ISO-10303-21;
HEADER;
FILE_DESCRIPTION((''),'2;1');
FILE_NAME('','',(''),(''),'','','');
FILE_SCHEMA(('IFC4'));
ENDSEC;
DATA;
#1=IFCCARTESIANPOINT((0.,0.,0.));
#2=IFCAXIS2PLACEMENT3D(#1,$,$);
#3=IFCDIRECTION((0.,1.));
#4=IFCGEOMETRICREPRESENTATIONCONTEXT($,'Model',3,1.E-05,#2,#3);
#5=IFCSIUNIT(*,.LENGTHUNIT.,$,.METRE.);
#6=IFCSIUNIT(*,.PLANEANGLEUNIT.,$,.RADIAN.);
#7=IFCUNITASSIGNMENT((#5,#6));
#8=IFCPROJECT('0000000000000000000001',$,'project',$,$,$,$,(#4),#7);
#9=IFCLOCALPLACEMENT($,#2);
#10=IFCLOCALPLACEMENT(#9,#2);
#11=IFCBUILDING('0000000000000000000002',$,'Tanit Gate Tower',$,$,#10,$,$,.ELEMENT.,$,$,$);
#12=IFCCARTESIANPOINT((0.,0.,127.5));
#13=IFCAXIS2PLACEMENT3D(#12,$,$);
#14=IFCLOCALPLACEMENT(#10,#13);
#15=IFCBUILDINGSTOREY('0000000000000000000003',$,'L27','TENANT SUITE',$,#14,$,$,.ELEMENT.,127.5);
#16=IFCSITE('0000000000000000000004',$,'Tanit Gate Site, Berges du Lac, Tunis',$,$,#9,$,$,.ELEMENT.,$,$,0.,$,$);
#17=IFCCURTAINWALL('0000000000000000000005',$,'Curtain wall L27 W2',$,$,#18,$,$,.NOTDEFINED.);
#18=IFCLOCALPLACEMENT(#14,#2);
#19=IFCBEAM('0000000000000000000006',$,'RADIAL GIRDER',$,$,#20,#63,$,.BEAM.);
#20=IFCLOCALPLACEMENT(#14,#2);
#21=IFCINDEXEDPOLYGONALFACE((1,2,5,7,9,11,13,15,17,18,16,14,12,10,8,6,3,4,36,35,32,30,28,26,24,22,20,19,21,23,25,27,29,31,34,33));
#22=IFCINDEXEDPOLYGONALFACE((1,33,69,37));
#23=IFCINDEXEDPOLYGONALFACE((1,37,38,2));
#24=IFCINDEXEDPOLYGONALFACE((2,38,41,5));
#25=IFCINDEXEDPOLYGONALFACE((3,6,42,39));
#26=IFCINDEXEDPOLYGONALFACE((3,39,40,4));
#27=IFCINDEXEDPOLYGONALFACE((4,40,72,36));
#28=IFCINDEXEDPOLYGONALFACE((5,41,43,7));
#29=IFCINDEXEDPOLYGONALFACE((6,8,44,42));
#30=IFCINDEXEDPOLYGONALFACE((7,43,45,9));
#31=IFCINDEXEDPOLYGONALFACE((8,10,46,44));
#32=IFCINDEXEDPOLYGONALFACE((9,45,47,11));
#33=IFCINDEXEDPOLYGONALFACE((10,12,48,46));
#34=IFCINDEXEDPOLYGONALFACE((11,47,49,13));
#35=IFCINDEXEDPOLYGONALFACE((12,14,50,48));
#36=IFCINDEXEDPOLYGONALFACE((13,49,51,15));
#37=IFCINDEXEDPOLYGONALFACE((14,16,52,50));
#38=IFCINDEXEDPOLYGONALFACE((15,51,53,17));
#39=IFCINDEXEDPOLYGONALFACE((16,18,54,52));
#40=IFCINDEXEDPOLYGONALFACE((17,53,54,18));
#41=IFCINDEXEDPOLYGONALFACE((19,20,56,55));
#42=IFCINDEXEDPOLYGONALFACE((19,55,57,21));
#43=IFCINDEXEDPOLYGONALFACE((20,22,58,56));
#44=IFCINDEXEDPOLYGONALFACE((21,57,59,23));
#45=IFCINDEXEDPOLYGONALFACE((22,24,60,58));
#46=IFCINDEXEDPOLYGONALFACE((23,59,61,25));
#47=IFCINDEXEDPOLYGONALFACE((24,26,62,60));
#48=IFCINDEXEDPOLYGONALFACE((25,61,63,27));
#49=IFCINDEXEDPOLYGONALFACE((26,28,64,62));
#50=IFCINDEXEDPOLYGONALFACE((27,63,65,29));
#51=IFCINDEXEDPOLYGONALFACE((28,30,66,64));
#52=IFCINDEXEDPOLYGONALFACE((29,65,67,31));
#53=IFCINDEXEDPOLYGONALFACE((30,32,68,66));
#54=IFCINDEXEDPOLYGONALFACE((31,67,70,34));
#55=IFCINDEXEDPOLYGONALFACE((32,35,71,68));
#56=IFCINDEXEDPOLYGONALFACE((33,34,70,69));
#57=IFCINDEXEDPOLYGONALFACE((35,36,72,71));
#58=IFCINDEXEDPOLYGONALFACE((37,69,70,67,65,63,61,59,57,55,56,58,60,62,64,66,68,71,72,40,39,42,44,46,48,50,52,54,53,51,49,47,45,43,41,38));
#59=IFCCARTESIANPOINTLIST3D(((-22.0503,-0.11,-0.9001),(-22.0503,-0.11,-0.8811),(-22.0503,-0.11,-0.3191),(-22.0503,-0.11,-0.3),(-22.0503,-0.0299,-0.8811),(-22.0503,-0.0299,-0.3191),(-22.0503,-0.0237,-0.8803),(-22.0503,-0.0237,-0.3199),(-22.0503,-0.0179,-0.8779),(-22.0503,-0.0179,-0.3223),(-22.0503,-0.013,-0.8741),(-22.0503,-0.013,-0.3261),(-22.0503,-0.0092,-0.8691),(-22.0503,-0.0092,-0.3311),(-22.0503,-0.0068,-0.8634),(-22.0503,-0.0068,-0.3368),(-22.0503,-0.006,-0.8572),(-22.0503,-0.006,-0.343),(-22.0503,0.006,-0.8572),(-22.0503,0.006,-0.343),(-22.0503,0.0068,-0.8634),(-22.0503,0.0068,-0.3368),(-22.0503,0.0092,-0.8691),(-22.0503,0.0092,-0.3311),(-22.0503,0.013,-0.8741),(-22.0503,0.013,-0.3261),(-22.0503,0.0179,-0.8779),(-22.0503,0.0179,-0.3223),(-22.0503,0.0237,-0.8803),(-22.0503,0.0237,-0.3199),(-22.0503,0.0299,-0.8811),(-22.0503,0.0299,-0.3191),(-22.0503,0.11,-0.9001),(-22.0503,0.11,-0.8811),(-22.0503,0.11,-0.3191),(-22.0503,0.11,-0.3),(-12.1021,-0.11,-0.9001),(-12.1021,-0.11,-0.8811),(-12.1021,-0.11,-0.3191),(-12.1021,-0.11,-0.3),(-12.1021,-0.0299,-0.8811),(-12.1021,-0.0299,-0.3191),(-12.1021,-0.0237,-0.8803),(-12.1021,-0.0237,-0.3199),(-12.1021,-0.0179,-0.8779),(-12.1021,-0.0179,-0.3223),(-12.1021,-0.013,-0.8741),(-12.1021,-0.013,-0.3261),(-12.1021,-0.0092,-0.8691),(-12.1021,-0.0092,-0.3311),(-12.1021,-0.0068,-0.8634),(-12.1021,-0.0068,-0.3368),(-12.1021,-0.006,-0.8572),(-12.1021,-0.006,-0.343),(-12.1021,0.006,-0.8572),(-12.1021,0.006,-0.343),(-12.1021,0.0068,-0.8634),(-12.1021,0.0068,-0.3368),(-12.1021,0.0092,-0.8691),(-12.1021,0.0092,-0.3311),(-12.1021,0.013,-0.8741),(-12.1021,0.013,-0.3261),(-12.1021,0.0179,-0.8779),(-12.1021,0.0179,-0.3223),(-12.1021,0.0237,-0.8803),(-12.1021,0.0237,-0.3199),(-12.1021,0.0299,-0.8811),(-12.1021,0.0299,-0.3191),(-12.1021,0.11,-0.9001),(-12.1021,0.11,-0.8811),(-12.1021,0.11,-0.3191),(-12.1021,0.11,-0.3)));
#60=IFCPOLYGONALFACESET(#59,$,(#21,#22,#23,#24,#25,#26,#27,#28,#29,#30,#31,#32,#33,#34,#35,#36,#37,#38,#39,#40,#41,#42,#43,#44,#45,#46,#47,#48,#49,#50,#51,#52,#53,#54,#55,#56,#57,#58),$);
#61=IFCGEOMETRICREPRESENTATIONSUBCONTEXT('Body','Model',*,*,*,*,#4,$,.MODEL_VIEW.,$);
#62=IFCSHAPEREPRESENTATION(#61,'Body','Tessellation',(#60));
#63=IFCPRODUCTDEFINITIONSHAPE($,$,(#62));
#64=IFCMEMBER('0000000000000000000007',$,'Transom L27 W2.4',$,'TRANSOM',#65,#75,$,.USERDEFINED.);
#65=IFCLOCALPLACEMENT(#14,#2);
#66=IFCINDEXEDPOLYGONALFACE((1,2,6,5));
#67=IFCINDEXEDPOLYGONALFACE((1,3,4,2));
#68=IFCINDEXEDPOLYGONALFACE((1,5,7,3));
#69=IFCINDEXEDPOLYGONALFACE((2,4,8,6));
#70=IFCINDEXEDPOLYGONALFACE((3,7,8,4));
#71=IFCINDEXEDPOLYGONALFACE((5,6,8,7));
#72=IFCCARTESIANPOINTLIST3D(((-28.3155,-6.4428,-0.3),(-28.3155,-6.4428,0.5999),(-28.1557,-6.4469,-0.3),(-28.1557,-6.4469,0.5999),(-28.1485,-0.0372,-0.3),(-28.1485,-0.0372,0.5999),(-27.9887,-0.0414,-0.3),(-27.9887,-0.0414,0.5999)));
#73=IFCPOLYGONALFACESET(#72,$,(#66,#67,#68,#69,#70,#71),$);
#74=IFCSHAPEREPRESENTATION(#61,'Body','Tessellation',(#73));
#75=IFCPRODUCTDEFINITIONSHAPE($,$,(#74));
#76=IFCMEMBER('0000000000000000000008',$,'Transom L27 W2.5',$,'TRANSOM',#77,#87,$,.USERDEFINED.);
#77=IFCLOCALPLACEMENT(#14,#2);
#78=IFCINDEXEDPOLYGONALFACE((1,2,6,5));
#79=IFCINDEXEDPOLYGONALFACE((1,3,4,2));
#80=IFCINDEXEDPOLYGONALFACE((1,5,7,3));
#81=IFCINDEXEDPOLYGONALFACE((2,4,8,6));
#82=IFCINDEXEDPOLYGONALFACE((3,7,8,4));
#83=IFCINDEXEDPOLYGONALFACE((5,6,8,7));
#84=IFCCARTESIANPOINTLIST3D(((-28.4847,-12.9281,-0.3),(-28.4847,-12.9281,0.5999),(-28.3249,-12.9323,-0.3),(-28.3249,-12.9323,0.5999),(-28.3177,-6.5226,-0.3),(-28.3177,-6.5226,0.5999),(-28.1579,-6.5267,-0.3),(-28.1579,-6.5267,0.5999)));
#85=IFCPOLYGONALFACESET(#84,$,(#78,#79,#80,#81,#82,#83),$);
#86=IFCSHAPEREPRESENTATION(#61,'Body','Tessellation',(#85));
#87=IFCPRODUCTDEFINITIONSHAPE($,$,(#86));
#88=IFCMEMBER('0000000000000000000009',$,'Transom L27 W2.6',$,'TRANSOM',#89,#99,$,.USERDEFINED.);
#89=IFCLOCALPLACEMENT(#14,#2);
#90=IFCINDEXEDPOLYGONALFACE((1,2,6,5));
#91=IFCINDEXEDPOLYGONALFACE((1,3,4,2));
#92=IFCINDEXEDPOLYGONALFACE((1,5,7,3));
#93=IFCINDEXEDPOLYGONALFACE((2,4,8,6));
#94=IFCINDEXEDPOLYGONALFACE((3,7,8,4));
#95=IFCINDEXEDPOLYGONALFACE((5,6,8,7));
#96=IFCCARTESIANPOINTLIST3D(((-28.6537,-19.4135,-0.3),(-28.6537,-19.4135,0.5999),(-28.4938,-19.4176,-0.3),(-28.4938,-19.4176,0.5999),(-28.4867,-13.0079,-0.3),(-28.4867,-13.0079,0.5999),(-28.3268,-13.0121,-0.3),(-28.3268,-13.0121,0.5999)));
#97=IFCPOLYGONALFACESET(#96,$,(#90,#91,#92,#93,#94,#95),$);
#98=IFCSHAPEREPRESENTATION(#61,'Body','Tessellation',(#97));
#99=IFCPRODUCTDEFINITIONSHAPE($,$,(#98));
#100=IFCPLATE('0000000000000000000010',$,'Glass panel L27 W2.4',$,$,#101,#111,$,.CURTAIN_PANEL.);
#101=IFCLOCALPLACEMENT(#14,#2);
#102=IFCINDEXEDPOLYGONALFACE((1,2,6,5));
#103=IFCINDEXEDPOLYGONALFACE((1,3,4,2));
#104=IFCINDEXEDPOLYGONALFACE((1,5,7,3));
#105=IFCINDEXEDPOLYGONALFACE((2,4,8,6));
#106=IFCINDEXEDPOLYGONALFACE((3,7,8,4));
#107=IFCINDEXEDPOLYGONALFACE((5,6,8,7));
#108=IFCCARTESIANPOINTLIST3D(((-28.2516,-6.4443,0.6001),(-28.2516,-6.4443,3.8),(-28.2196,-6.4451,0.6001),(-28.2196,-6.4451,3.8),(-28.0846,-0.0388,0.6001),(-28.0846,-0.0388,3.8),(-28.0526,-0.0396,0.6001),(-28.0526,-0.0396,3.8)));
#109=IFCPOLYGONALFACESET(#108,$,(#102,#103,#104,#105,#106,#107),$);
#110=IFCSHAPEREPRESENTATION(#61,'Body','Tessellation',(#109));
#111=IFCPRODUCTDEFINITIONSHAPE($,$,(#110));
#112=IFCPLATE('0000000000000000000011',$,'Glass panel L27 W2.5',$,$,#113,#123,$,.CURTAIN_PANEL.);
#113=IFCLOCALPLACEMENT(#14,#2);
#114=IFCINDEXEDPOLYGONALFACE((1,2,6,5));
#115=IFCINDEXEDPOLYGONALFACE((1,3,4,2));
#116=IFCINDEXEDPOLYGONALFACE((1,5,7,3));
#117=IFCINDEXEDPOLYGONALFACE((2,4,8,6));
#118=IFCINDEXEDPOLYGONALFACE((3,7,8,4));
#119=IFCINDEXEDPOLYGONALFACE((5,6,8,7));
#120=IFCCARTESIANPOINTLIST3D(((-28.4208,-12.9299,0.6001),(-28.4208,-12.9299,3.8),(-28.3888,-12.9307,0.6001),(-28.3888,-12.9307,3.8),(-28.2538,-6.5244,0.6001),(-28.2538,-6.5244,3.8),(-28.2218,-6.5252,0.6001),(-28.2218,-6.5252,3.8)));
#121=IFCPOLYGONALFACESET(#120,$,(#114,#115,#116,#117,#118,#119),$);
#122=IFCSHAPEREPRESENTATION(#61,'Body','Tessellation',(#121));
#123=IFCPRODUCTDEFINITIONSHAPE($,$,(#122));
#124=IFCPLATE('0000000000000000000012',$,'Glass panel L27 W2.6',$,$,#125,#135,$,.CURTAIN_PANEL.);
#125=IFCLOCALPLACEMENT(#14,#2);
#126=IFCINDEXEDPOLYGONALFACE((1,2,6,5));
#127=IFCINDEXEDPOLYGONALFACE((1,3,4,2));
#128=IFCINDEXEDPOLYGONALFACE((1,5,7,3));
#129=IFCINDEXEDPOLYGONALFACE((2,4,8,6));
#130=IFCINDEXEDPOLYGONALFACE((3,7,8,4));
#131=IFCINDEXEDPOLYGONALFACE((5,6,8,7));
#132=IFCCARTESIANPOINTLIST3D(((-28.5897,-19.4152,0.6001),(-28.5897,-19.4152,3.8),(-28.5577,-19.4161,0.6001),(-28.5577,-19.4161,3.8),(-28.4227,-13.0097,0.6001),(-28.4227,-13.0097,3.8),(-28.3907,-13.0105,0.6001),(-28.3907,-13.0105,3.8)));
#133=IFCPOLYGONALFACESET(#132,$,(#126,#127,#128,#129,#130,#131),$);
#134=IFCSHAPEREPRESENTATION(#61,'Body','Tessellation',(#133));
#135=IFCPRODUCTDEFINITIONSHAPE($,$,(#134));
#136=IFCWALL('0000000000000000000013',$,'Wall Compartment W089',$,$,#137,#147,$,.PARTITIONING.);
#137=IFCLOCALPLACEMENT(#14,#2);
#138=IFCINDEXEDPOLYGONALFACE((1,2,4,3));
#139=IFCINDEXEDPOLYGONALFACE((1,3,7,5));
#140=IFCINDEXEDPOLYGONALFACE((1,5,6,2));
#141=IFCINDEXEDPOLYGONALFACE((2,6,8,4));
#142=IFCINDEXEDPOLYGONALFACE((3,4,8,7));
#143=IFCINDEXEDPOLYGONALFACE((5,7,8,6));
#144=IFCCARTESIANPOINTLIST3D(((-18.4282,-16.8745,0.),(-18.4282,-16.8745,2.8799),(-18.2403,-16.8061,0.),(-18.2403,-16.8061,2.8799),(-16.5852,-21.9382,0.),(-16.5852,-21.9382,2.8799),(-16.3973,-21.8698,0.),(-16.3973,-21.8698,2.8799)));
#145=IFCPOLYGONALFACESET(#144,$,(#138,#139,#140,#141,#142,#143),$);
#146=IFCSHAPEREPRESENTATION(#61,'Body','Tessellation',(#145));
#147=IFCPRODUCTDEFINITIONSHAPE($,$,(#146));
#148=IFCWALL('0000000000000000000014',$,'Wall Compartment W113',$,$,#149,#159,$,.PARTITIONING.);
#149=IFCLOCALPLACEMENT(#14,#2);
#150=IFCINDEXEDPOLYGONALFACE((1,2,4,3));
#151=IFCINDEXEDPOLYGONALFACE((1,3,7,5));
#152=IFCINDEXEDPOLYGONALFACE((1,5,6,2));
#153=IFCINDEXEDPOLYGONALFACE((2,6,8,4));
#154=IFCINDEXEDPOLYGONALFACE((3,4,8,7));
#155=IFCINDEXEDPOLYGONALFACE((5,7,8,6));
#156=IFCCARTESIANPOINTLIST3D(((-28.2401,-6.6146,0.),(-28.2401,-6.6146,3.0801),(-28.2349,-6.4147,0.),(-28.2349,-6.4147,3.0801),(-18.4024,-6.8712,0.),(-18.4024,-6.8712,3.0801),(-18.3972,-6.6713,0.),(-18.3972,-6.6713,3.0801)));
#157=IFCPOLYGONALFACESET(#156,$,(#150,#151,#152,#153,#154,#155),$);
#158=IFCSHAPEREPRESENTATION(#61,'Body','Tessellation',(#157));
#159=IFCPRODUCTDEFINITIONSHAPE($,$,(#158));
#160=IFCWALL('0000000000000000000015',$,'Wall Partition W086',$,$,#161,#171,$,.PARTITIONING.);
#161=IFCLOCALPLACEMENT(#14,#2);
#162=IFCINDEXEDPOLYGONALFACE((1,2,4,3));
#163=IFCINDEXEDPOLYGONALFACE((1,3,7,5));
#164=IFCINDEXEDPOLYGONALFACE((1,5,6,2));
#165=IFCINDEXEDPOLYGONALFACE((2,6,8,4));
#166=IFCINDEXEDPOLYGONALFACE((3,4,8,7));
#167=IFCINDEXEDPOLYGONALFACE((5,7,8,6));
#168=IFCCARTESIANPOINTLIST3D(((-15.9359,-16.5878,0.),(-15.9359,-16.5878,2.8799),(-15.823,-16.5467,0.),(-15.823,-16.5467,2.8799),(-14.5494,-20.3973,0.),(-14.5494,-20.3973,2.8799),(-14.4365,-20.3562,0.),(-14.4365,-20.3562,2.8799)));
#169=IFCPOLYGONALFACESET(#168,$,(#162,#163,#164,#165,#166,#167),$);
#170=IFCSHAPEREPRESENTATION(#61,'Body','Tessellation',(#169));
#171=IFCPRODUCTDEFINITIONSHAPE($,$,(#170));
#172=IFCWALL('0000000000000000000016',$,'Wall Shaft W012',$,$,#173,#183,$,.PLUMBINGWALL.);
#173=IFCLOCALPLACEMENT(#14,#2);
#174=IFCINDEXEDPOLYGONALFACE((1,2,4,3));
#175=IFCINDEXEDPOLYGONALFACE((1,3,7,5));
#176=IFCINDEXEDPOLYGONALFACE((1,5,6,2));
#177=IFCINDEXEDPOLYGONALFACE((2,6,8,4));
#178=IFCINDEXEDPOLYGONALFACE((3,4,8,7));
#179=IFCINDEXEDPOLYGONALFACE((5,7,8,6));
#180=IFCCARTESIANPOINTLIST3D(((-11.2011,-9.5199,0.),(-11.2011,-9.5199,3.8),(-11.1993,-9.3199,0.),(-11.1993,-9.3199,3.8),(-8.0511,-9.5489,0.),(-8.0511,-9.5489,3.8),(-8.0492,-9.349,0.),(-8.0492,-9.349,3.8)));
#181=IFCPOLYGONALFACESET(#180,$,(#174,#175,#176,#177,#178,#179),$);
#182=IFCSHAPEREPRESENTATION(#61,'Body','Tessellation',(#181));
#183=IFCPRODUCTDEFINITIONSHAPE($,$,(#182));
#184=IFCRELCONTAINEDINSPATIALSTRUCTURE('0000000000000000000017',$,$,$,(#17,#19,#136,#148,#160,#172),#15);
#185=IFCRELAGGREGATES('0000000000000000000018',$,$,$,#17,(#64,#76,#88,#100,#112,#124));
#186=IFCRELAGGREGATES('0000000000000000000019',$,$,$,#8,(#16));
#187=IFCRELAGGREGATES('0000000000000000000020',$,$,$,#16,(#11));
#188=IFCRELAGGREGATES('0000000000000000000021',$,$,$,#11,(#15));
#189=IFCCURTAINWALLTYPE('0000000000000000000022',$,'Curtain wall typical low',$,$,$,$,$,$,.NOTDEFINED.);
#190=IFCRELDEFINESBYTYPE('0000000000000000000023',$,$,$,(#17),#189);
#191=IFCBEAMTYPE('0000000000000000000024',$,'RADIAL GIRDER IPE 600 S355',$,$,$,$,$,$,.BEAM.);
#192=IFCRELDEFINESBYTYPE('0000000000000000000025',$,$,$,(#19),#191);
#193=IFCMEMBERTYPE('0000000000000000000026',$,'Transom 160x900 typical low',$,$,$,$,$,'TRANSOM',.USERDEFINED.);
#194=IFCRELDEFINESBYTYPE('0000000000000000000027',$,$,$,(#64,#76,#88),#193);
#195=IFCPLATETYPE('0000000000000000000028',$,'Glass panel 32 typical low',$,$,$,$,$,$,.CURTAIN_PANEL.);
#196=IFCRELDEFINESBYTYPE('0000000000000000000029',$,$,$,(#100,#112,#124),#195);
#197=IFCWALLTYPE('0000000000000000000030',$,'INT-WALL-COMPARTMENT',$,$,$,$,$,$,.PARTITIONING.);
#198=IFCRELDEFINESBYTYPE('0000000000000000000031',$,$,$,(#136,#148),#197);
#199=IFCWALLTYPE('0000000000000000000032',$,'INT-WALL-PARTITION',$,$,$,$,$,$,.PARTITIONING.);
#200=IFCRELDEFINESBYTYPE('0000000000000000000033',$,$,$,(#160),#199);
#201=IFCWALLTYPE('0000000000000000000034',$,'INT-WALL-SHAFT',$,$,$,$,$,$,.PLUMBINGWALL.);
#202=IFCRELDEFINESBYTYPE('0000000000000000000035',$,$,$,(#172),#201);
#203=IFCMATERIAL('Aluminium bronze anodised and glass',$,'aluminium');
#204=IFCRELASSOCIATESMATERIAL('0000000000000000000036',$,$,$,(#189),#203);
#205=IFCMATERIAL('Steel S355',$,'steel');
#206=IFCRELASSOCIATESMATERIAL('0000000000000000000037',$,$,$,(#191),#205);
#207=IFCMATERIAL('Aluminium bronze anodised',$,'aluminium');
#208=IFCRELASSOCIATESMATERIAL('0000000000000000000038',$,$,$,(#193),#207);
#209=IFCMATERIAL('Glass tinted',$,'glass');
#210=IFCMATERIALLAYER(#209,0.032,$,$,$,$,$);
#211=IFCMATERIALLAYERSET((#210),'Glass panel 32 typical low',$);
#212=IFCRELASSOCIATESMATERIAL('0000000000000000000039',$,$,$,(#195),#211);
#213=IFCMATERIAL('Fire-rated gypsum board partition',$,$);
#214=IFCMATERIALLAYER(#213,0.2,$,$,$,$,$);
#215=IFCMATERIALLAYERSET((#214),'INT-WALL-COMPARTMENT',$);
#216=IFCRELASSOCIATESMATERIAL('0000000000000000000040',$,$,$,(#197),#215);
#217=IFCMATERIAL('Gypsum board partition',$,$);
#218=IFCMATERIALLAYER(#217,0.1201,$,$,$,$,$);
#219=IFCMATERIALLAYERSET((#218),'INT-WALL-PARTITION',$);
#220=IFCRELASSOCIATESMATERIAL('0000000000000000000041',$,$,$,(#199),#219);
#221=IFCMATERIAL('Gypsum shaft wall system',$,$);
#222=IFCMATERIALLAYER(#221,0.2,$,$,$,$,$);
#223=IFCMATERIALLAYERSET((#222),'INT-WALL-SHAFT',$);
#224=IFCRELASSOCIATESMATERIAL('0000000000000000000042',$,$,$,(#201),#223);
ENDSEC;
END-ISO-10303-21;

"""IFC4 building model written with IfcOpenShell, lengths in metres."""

from ifc_helpers import new_model, si_unit, direction, frame, frame_2d, origin, origin_2d, place, context, subcontext, project, spatial, rectangle, i_section, extrude, material, layer, layer_set, material_profile, profile_set, type_object, element, aggregate, save


model = new_model("IFC4")

# Units and contexts
model_context = context("Model", 3, precision=1e-05, world=origin(), true_north=direction((0.0, 1.0)))
body_context = subcontext(model_context, "Body", "Model", "MODEL_VIEW")
ifc_project = project(units=[si_unit("LENGTHUNIT", "METRE"), si_unit("PLANEANGLEUNIT", "RADIAN")], contexts=[model_context])

# Site, building, storey
site_placement = place(None, origin())
site = spatial("IfcSite", under=ifc_project, at=site_placement, Name="Tanit Gate Site, Berges du Lac, Tunis", CompositionType="ELEMENT", RefElevation=0.0)
building_placement = place(site_placement, origin())
building = spatial("IfcBuilding", under=site, at=building_placement, Name="Tanit Gate Tower", CompositionType="ELEMENT")
storey_placement = place(building_placement, frame((0.0, 0.0, 127.5)))
storey = spatial("IfcBuildingStorey", under=building, at=storey_placement, Name="L27", Description="TENANT SUITE", CompositionType="ELEMENT", Elevation=127.5)

# Curtain wall
ifc_material_1 = material(Name="Aluminium bronze anodised and glass", Category="aluminium")
curtain_wall_type = type_object("IfcCurtainWallType", Name="Curtain wall typical low", PredefinedType="NOTDEFINED", material=ifc_material_1)
curtain_wall_placement = place(storey_placement, origin())
curtain_wall = element("IfcCurtainWall", 1, at=curtain_wall_placement, inside=storey, type_object=curtain_wall_type, Name="Curtain wall L27 W2", PredefinedType="NOTDEFINED")

# Beam
ifc_material_2 = material(Name="Steel S355", Category="steel")
ifc_material_profile_1 = material_profile(ifc_material_2, i_section(OverallWidth=0.22, OverallDepth=0.6001, WebThickness=0.012, FlangeThickness=0.019, FilletRadius=0.0239, at=origin_2d()), Name="IPE 600")
ifc_profile_set_1 = profile_set([ifc_material_profile_1], Name="Steel S355")
beam_type_1 = type_object("IfcBeamType", Name="RADIAL GIRDER IPE 600 S355", PredefinedType="BEAM", material=ifc_profile_set_1)
beam_1_placement = place(storey_placement, frame((-22.0503, 0.0, -0.6001), z_axis=(1.0, 0.0, 0.0), x_axis=(0.0, 1.0, 0.0)))
element("IfcBeam", 2, at=beam_1_placement, inside=storey, type_object=beam_type_1, Name="RADIAL GIRDER", PredefinedType="BEAM", context=body_context, shape_type="SweptSolid", body=[
    extrude(i_section(OverallWidth=0.22, OverallDepth=0.6001, WebThickness=0.012, FlangeThickness=0.019, FilletRadius=0.0239, at=origin_2d()), origin(), (0.0, 0.0, 1.0), 9.9482),
])

# Members
ifc_material_3 = material(Name="Aluminium bronze anodised", Category="aluminium")
ifc_material_profile_2 = material_profile(ifc_material_3, rectangle(XDim=0.1599, YDim=0.8999, at=origin_2d()), Name="160x900 bronze transom")
ifc_profile_set_2 = profile_set([ifc_material_profile_2], Name="Aluminium bronze anodised")
member_type_1 = type_object("IfcMemberType", Name="Transom 160x900 typical low", ElementType="TRANSOM", PredefinedType="USERDEFINED", material=ifc_profile_set_2)
member_1_placement = place(storey_placement, frame((-28.0686, -0.0393, 0.1499), z_axis=(-0.026061, -0.99966, 0.0), x_axis=(0.99966, -0.026061, 0.0)))
member_1 = element("IfcMember", 3, at=member_1_placement, type_object=member_type_1, Name="Transom L27 W2.4", ObjectType="TRANSOM", PredefinedType="USERDEFINED", context=body_context, shape_type="SweptSolid", body=[
    extrude(rectangle(XDim=0.1599, YDim=0.8999, at=origin_2d()), origin(), (0.0, 0.0, 1.0), 6.4077),
])
member_2_placement = place(storey_placement, frame((-28.2378, -6.5247, 0.1499), z_axis=(-0.026061, -0.99966, 0.0), x_axis=(0.99966, -0.026061, 0.0)))
member_2 = element("IfcMember", 4, at=member_2_placement, type_object=member_type_1, Name="Transom L27 W2.5", ObjectType="TRANSOM", PredefinedType="USERDEFINED", context=body_context, shape_type="SweptSolid", body=[
    extrude(rectangle(XDim=0.1599, YDim=0.8999, at=origin_2d()), origin(), (0.0, 0.0, 1.0), 6.4077),
])
member_3_placement = place(storey_placement, frame((-28.4067, -13.01, 0.1499), z_axis=(-0.026061, -0.99966, 0.0), x_axis=(0.99966, -0.026061, 0.0)))
member_3 = element("IfcMember", 5, at=member_3_placement, type_object=member_type_1, Name="Transom L27 W2.6", ObjectType="TRANSOM", PredefinedType="USERDEFINED", context=body_context, shape_type="SweptSolid", body=[
    extrude(rectangle(XDim=0.1599, YDim=0.8999, at=origin_2d()), origin(), (0.0, 0.0, 1.0), 6.4077),
])

# Plates
ifc_material_4 = material(Name="Glass tinted", Category="glass")
ifc_layer_1 = layer(ifc_material_4, 0.032)
ifc_layer_set_1 = layer_set([ifc_layer_1], Name="Glass panel 32 typical low")
plate_type = type_object("IfcPlateType", Name="Glass panel 32 typical low", PredefinedType="CURTAIN_PANEL", material=ifc_layer_set_1)
plate_1_placement = place(storey_placement, frame((-28.1521, -3.2419, 0.6001), z_axis=(0.0, 0.0, 1.0), x_axis=(-0.026063, -0.99966, 0.0)))
plate_1 = element("IfcPlate", 6, at=plate_1_placement, type_object=plate_type, Name="Glass panel L27 W2.4", PredefinedType="CURTAIN_PANEL", context=body_context, shape_type="SweptSolid", body=[
    extrude(rectangle(XDim=6.4077, YDim=0.032, at=origin_2d()), origin(), (0.0, 0.0, 1.0), 3.2),
])
plate_2_placement = place(storey_placement, frame((-28.3213, -9.7275, 0.6001), z_axis=(0.0, 0.0, 1.0), x_axis=(-0.026063, -0.99966, 0.0)))
plate_2 = element("IfcPlate", 7, at=plate_2_placement, type_object=plate_type, Name="Glass panel L27 W2.5", PredefinedType="CURTAIN_PANEL", context=body_context, shape_type="SweptSolid", body=[
    extrude(rectangle(XDim=6.4077, YDim=0.032, at=origin_2d()), origin(), (0.0, 0.0, 1.0), 3.2),
])
plate_3_placement = place(storey_placement, frame((-28.4902, -16.2129, 0.6001), z_axis=(0.0, 0.0, 1.0), x_axis=(-0.026063, -0.99966, 0.0)))
plate_3 = element("IfcPlate", 8, at=plate_3_placement, type_object=plate_type, Name="Glass panel L27 W2.6", PredefinedType="CURTAIN_PANEL", context=body_context, shape_type="SweptSolid", body=[
    extrude(rectangle(XDim=6.4077, YDim=0.032, at=origin_2d()), origin(), (0.0, 0.0, 1.0), 3.2),
])
aggregate(curtain_wall, [member_1, member_2, member_3, plate_1, plate_2, plate_3])

# Walls
ifc_material_5 = material(Name="Fire-rated gypsum board partition")
ifc_layer_2 = layer(ifc_material_5, 0.2)
ifc_layer_set_2 = layer_set([ifc_layer_2], Name="INT-WALL-COMPARTMENT")
wall_type_1 = type_object("IfcWallType", Name="INT-WALL-COMPARTMENT", PredefinedType="PARTITIONING", material=ifc_layer_set_2)
wall_1_placement = place(storey_placement, frame((-18.3342, -16.8403, 0.0), z_axis=(0.0, 0.0, 1.0), x_axis=(0.342016, -0.939694, 0.0)))
element("IfcWall", 9, at=wall_1_placement, inside=storey, type_object=wall_type_1, Name="Wall Compartment W089", PredefinedType="PARTITIONING", context=body_context, shape_type="SweptSolid", body=[
    extrude(rectangle(XDim=5.3887, YDim=0.2, at=frame_2d((2.6943, 0.0))), origin(), (0.0, 0.0, 1.0), 2.8799),
])
wall_2_placement = place(storey_placement, frame((-18.3999, -6.7712, 0.0), z_axis=(0.0, 0.0, 1.0), x_axis=(-0.99966, 0.026074, 0.0)))
element("IfcWall", 10, at=wall_2_placement, inside=storey, type_object=wall_type_1, Name="Wall Compartment W113", PredefinedType="PARTITIONING", context=body_context, shape_type="SweptSolid", body=[
    extrude(rectangle(XDim=9.8411, YDim=0.2, at=frame_2d((4.9204, 0.0))), origin(), (0.0, 0.0, 1.0), 3.0801),
])
ifc_material_6 = material(Name="Gypsum board partition")
ifc_layer_3 = layer(ifc_material_6, 0.1201)
ifc_layer_set_3 = layer_set([ifc_layer_3], Name="INT-WALL-PARTITION")
wall_type_2 = type_object("IfcWallType", Name="INT-WALL-PARTITION", PredefinedType="PARTITIONING", material=ifc_layer_set_3)
wall_3_placement = place(storey_placement, frame((-15.8794, -16.5674, 0.0), z_axis=(0.0, 0.0, 1.0), x_axis=(0.341999, -0.9397, 0.0)))
element("IfcWall", 11, at=wall_3_placement, inside=storey, type_object=wall_type_2, Name="Wall Partition W086", PredefinedType="PARTITIONING", context=body_context, shape_type="SweptSolid", body=[
    extrude(rectangle(XDim=4.054, YDim=0.1201, at=frame_2d((2.0269, 0.0))), origin(), (0.0, 0.0, 1.0), 2.8799),
])
ifc_material_7 = material(Name="Gypsum shaft wall system")
ifc_layer_4 = layer(ifc_material_7, 0.2)
ifc_layer_set_4 = layer_set([ifc_layer_4], Name="INT-WALL-SHAFT")
wall_type_3 = type_object("IfcWallType", Name="INT-WALL-SHAFT", PredefinedType="PLUMBINGWALL", material=ifc_layer_set_4)
wall_4_placement = place(storey_placement, frame((-8.05, -9.449, 0.0), z_axis=(0.0, 0.0, 1.0), x_axis=(-0.999957, 0.009223, 0.0)))
element("IfcWall", 12, at=wall_4_placement, inside=storey, type_object=wall_type_3, Name="Wall Shaft W012", PredefinedType="PLUMBINGWALL", context=body_context, shape_type="SweptSolid", body=[
    extrude(rectangle(XDim=3.1501, YDim=0.2, at=frame_2d((1.5752, 0.0))), origin(), (0.0, 0.0, 1.0), 3.8),
])

save(model, "model.ifc")
